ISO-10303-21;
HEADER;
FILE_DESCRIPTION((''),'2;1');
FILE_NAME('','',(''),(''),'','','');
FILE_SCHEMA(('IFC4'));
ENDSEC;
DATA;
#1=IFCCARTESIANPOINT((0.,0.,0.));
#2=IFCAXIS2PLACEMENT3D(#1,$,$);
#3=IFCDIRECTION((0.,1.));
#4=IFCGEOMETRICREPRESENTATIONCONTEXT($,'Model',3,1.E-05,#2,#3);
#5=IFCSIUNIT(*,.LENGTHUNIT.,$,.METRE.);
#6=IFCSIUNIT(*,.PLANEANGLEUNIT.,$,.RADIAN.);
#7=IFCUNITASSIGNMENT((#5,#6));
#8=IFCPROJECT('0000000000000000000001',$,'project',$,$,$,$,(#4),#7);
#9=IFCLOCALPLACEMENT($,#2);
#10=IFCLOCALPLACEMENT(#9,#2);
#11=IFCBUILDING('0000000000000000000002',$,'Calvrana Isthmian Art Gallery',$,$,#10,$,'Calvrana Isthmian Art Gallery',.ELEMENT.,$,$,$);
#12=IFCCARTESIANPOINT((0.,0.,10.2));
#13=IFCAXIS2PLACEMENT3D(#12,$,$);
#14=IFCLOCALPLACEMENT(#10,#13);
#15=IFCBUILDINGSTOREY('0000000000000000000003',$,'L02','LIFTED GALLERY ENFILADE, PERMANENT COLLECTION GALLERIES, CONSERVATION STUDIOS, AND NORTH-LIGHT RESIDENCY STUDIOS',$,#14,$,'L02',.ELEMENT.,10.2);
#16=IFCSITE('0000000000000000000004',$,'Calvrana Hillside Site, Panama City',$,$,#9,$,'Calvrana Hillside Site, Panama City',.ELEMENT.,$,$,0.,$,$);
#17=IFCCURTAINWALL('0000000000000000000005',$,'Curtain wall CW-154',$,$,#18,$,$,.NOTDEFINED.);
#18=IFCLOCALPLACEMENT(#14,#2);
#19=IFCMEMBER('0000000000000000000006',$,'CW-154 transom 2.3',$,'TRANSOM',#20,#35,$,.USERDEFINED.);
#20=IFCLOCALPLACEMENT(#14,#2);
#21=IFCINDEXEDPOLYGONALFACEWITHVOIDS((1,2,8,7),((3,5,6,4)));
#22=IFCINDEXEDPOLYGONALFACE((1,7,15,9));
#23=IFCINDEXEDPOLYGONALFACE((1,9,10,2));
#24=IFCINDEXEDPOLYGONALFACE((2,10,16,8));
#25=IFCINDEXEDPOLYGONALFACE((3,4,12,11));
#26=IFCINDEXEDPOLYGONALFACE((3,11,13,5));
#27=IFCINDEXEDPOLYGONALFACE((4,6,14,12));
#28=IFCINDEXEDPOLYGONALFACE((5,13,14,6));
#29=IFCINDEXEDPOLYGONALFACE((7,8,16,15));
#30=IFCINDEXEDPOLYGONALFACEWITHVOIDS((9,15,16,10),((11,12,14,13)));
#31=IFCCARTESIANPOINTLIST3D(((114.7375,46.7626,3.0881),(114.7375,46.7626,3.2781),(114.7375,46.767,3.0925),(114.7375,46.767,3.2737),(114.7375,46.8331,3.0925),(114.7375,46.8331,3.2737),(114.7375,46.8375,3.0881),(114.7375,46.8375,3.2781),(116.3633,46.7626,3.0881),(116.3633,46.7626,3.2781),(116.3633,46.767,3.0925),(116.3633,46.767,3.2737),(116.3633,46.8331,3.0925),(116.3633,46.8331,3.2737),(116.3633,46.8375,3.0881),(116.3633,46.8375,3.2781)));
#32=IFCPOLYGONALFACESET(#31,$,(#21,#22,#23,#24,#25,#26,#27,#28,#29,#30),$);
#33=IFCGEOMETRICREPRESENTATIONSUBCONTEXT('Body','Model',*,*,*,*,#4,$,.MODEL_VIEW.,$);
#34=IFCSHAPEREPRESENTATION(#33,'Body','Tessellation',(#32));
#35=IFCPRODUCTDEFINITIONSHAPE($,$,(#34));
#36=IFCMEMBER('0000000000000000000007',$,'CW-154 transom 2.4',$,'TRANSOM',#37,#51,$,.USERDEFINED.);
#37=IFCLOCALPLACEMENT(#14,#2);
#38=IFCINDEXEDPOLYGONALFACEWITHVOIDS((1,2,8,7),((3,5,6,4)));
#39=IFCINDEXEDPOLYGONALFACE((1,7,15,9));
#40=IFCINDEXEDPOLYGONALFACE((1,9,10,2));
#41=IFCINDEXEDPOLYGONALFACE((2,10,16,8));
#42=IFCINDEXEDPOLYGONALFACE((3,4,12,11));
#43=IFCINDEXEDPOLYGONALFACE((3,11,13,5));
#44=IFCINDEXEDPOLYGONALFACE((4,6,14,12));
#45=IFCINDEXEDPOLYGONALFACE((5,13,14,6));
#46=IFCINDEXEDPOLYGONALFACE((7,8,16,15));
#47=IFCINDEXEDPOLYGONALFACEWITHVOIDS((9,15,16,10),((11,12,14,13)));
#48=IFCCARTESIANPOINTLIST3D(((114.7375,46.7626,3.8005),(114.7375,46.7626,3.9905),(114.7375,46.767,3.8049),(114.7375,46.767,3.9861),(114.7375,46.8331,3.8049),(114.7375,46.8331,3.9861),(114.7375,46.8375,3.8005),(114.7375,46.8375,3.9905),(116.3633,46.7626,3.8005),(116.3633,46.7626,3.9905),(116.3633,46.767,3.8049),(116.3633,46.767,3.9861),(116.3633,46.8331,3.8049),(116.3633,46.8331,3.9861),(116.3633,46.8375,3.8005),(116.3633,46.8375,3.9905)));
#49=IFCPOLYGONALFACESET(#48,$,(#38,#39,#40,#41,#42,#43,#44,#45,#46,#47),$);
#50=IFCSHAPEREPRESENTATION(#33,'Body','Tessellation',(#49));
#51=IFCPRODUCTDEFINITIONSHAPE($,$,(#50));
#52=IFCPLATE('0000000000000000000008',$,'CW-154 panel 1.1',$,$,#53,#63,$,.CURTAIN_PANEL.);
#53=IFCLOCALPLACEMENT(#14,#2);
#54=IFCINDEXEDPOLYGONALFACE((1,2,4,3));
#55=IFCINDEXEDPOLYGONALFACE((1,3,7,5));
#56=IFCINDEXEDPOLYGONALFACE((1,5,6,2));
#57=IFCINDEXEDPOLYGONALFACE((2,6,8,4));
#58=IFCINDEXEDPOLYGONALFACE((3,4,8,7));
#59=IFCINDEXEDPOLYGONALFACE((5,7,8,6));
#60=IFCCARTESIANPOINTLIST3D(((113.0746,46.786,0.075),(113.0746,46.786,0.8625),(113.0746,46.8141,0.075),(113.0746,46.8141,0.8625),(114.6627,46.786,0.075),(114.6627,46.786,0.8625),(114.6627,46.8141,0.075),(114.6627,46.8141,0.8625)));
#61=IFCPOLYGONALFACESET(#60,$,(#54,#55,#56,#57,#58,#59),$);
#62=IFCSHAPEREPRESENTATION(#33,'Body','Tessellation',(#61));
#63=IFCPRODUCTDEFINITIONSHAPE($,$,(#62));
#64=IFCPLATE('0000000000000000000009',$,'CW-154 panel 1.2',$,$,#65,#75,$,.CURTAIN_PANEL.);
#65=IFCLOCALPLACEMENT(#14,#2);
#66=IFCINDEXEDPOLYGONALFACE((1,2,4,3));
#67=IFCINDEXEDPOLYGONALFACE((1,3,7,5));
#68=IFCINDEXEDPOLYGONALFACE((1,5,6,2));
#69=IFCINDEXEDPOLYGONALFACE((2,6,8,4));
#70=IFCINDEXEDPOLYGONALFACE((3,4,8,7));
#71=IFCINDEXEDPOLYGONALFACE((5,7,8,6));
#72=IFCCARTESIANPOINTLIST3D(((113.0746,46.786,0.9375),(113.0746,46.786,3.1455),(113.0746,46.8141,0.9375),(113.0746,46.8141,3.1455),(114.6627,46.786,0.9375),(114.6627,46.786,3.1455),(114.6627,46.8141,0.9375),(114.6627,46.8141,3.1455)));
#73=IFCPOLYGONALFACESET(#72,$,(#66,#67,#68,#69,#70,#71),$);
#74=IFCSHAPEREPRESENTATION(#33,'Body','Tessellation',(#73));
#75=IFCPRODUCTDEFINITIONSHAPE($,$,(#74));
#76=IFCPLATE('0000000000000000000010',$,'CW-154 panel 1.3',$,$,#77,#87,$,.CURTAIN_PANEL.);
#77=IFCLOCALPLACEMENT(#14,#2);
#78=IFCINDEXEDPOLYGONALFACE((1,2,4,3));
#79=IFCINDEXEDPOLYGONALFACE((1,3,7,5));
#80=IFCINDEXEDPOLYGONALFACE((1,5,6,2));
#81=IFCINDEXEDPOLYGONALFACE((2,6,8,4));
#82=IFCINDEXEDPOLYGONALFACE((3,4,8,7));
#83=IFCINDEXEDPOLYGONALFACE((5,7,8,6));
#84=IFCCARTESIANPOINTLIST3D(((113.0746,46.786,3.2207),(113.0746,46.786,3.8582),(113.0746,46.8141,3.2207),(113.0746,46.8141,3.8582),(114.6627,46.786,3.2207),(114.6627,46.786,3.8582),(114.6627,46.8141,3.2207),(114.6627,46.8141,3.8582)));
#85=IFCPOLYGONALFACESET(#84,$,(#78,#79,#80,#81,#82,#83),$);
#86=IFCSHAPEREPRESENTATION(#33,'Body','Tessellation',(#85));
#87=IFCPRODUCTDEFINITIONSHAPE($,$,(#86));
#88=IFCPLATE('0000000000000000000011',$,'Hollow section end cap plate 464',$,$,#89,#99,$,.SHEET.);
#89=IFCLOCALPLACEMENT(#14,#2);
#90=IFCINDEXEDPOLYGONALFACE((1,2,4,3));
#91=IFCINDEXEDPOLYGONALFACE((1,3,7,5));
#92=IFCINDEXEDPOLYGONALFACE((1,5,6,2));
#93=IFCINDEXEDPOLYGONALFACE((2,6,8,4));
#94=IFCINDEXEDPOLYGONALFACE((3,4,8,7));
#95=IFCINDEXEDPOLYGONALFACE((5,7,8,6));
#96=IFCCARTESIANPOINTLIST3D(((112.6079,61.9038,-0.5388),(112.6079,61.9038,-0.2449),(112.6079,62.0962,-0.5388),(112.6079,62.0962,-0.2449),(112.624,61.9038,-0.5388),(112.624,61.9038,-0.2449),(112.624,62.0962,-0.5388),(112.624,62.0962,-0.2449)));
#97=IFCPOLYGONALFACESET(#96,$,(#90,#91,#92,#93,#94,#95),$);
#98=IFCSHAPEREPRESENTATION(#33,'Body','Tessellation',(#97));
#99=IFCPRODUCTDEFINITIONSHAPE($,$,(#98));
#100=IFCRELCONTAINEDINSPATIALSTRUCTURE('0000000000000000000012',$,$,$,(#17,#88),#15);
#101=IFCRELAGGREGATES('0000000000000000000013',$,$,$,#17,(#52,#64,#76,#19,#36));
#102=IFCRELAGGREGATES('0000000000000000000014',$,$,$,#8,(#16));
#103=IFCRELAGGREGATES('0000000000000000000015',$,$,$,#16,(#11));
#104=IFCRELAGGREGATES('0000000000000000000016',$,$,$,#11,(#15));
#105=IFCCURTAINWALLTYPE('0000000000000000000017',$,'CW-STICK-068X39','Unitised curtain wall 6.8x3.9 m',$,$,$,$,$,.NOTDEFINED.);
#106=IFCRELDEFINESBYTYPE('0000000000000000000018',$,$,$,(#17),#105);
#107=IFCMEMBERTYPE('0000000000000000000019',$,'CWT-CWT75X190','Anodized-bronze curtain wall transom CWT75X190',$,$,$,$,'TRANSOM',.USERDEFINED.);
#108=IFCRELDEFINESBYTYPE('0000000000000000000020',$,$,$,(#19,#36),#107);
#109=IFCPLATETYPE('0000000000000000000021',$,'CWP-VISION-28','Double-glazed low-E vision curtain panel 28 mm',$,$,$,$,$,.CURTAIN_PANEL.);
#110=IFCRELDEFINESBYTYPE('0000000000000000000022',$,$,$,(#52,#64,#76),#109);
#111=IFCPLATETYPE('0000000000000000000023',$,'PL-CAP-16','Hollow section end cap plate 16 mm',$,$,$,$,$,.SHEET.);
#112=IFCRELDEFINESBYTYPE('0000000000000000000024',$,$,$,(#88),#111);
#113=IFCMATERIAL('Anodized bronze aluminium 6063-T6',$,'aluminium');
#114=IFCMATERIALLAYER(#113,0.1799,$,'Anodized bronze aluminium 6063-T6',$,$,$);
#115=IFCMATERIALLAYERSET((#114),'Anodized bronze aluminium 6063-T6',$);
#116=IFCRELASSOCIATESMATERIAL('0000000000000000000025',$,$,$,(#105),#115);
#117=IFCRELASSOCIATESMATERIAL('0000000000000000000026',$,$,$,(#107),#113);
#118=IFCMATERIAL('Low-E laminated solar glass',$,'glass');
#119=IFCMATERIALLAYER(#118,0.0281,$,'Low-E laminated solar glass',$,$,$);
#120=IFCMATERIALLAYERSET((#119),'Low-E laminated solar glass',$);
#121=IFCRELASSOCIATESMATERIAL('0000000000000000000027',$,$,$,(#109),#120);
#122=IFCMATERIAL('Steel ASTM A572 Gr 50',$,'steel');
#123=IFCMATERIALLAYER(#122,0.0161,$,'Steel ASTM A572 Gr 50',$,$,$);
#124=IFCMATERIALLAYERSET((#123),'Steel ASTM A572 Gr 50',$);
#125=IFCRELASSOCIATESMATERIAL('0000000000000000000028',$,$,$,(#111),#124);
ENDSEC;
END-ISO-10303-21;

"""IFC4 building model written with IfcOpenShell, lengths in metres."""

from ifc_helpers import new_model, si_unit, direction, frame, origin, origin_2d, place, context, subcontext, project, spatial, rectangle, hollow_rectangle, extrude, material, layer, layer_set, material_profile, profile_set, type_object, element, aggregate, save


model = new_model("IFC4")

# Units and contexts
model_context = context("Model", 3, precision=1e-05, world=origin(), true_north=direction((0.0, 1.0)))
body_context = subcontext(model_context, "Body", "Model", "MODEL_VIEW")
ifc_project = project(units=[si_unit("LENGTHUNIT", "METRE"), si_unit("PLANEANGLEUNIT", "RADIAN")], contexts=[model_context])

# Site, building, storey
site_placement = place(None, origin())
site = spatial("IfcSite", under=ifc_project, at=site_placement, Name="Calvrana Hillside Site, Panama City", LongName="Calvrana Hillside Site, Panama City", CompositionType="ELEMENT", RefElevation=0.0)
building_placement = place(site_placement, origin())
building = spatial("IfcBuilding", under=site, at=building_placement, Name="Calvrana Isthmian Art Gallery", LongName="Calvrana Isthmian Art Gallery", CompositionType="ELEMENT")
storey_placement = place(building_placement, frame((0.0, 0.0, 10.2)))
storey = spatial("IfcBuildingStorey", under=building, at=storey_placement, Name="L02", Description="LIFTED GALLERY ENFILADE, PERMANENT COLLECTION GALLERIES, CONSERVATION STUDIOS, AND NORTH-LIGHT RESIDENCY STUDIOS", LongName="L02", CompositionType="ELEMENT", Elevation=10.2)

# Curtain wall, members, plates
ifc_material_1 = material(Name="Anodized bronze aluminium 6063-T6", Category="aluminium")
ifc_layer_1 = layer(ifc_material_1, 0.1799, Name="Anodized bronze aluminium 6063-T6")
ifc_layer_set_1 = layer_set([ifc_layer_1], Name="Anodized bronze aluminium 6063-T6")
curtain_wall_type = type_object("IfcCurtainWallType", Name="CW-STICK-068X39", Description="Unitised curtain wall 6.8x3.9 m", PredefinedType="NOTDEFINED", material=ifc_layer_set_1)
curtain_wall_placement = place(storey_placement, origin())
curtain_wall = element("IfcCurtainWall", 1, at=curtain_wall_placement, inside=storey, type_object=curtain_wall_type, Name="Curtain wall CW-154", PredefinedType="NOTDEFINED")
ifc_material_profile_1 = material_profile(ifc_material_1, hollow_rectangle(XDim=0.075, YDim=0.1899, WallThickness=0.0044, at=origin_2d()), Name="CWT75X190")
ifc_profile_set_1 = profile_set([ifc_material_profile_1], Name="Anodized bronze aluminium 6063-T6")
member_type_1 = type_object("IfcMemberType", Name="CWT-CWT75X190", Description="Anodized-bronze curtain wall transom CWT75X190", ElementType="TRANSOM", PredefinedType="USERDEFINED", material=ifc_profile_set_1)
member_1_placement = place(storey_placement, frame((114.7375, 46.8, 3.1831), z_axis=(1.0, 0.0, 0.0), x_axis=(0.0, 1.0, 0.0)))
member_1 = element("IfcMember", 2, at=member_1_placement, type_object=member_type_1, Name="CW-154 transom 2.3", ObjectType="TRANSOM", PredefinedType="USERDEFINED", context=body_context, shape_type="SweptSolid", body=[
    extrude(hollow_rectangle(XDim=0.075, YDim=0.1899, WallThickness=0.0044, at=origin_2d()), origin(), (0.0, 0.0, 1.0), 1.6257),
])
member_2_placement = place(storey_placement, frame((114.7375, 46.8, 3.8955), z_axis=(1.0, 0.0, 0.0), x_axis=(0.0, 1.0, 0.0)))
member_2 = element("IfcMember", 3, at=member_2_placement, type_object=member_type_1, Name="CW-154 transom 2.4", ObjectType="TRANSOM", PredefinedType="USERDEFINED", context=body_context, shape_type="SweptSolid", body=[
    extrude(hollow_rectangle(XDim=0.075, YDim=0.1899, WallThickness=0.0044, at=origin_2d()), origin(), (0.0, 0.0, 1.0), 1.6257),
])
ifc_material_2 = material(Name="Low-E laminated solar glass", Category="glass")
ifc_layer_2 = layer(ifc_material_2, 0.0281, Name="Low-E laminated solar glass")
ifc_layer_set_2 = layer_set([ifc_layer_2], Name="Low-E laminated solar glass")
plate_type_1 = type_object("IfcPlateType", Name="CWP-VISION-28", Description="Double-glazed low-E vision curtain panel 28 mm", PredefinedType="CURTAIN_PANEL", material=ifc_layer_set_2)
plate_1_placement = place(storey_placement, frame((113.8687, 46.8, 0.075), z_axis=(0.0, 0.0, 1.0), x_axis=(1.0, 0.0, 0.0)))
plate_1 = element("IfcPlate", 4, at=plate_1_placement, type_object=plate_type_1, Name="CW-154 panel 1.1", PredefinedType="CURTAIN_PANEL", context=body_context, shape_type="SweptSolid", body=[
    extrude(rectangle(XDim=1.5881, YDim=0.0281, at=origin_2d()), origin(), (0.0, 0.0, 1.0), 0.7876),
])
plate_2_placement = place(storey_placement, frame((113.8687, 46.8, 0.9375), z_axis=(0.0, 0.0, 1.0), x_axis=(1.0, 0.0, 0.0)))
plate_2 = element("IfcPlate", 5, at=plate_2_placement, type_object=plate_type_1, Name="CW-154 panel 1.2", PredefinedType="CURTAIN_PANEL", context=body_context, shape_type="SweptSolid", body=[
    extrude(rectangle(XDim=1.5881, YDim=0.0281, at=origin_2d()), origin(), (0.0, 0.0, 1.0), 2.208),
])
plate_3_placement = place(storey_placement, frame((113.8687, 46.8, 3.2207), z_axis=(0.0, 0.0, 1.0), x_axis=(1.0, 0.0, 0.0)))
plate_3 = element("IfcPlate", 6, at=plate_3_placement, type_object=plate_type_1, Name="CW-154 panel 1.3", PredefinedType="CURTAIN_PANEL", context=body_context, shape_type="SweptSolid", body=[
    extrude(rectangle(XDim=1.5881, YDim=0.0281, at=origin_2d()), origin(), (0.0, 0.0, 1.0), 0.6375),
])
aggregate(curtain_wall, [plate_1, plate_2, plate_3, member_1, member_2])

# Plate
ifc_material_3 = material(Name="Steel ASTM A572 Gr 50", Category="steel")
ifc_layer_3 = layer(ifc_material_3, 0.0161, Name="Steel ASTM A572 Gr 50")
ifc_layer_set_3 = layer_set([ifc_layer_3], Name="Steel ASTM A572 Gr 50")
plate_type_2 = type_object("IfcPlateType", Name="PL-CAP-16", Description="Hollow section end cap plate 16 mm", PredefinedType="SHEET", material=ifc_layer_set_3)
plate_4_placement = place(storey_placement, frame((112.616, 62.0, -0.5388), z_axis=(0.0, 0.0, 1.0), x_axis=(1.0, 0.0, 0.0)))
element("IfcPlate", 7, at=plate_4_placement, inside=storey, type_object=plate_type_2, Name="Hollow section end cap plate 464", PredefinedType="SHEET", context=body_context, shape_type="SweptSolid", body=[
    extrude(rectangle(XDim=0.0161, YDim=0.1924, at=origin_2d()), origin(), (0.0, 0.0, 1.0), 0.2939),
])

save(model, "model.ifc")
